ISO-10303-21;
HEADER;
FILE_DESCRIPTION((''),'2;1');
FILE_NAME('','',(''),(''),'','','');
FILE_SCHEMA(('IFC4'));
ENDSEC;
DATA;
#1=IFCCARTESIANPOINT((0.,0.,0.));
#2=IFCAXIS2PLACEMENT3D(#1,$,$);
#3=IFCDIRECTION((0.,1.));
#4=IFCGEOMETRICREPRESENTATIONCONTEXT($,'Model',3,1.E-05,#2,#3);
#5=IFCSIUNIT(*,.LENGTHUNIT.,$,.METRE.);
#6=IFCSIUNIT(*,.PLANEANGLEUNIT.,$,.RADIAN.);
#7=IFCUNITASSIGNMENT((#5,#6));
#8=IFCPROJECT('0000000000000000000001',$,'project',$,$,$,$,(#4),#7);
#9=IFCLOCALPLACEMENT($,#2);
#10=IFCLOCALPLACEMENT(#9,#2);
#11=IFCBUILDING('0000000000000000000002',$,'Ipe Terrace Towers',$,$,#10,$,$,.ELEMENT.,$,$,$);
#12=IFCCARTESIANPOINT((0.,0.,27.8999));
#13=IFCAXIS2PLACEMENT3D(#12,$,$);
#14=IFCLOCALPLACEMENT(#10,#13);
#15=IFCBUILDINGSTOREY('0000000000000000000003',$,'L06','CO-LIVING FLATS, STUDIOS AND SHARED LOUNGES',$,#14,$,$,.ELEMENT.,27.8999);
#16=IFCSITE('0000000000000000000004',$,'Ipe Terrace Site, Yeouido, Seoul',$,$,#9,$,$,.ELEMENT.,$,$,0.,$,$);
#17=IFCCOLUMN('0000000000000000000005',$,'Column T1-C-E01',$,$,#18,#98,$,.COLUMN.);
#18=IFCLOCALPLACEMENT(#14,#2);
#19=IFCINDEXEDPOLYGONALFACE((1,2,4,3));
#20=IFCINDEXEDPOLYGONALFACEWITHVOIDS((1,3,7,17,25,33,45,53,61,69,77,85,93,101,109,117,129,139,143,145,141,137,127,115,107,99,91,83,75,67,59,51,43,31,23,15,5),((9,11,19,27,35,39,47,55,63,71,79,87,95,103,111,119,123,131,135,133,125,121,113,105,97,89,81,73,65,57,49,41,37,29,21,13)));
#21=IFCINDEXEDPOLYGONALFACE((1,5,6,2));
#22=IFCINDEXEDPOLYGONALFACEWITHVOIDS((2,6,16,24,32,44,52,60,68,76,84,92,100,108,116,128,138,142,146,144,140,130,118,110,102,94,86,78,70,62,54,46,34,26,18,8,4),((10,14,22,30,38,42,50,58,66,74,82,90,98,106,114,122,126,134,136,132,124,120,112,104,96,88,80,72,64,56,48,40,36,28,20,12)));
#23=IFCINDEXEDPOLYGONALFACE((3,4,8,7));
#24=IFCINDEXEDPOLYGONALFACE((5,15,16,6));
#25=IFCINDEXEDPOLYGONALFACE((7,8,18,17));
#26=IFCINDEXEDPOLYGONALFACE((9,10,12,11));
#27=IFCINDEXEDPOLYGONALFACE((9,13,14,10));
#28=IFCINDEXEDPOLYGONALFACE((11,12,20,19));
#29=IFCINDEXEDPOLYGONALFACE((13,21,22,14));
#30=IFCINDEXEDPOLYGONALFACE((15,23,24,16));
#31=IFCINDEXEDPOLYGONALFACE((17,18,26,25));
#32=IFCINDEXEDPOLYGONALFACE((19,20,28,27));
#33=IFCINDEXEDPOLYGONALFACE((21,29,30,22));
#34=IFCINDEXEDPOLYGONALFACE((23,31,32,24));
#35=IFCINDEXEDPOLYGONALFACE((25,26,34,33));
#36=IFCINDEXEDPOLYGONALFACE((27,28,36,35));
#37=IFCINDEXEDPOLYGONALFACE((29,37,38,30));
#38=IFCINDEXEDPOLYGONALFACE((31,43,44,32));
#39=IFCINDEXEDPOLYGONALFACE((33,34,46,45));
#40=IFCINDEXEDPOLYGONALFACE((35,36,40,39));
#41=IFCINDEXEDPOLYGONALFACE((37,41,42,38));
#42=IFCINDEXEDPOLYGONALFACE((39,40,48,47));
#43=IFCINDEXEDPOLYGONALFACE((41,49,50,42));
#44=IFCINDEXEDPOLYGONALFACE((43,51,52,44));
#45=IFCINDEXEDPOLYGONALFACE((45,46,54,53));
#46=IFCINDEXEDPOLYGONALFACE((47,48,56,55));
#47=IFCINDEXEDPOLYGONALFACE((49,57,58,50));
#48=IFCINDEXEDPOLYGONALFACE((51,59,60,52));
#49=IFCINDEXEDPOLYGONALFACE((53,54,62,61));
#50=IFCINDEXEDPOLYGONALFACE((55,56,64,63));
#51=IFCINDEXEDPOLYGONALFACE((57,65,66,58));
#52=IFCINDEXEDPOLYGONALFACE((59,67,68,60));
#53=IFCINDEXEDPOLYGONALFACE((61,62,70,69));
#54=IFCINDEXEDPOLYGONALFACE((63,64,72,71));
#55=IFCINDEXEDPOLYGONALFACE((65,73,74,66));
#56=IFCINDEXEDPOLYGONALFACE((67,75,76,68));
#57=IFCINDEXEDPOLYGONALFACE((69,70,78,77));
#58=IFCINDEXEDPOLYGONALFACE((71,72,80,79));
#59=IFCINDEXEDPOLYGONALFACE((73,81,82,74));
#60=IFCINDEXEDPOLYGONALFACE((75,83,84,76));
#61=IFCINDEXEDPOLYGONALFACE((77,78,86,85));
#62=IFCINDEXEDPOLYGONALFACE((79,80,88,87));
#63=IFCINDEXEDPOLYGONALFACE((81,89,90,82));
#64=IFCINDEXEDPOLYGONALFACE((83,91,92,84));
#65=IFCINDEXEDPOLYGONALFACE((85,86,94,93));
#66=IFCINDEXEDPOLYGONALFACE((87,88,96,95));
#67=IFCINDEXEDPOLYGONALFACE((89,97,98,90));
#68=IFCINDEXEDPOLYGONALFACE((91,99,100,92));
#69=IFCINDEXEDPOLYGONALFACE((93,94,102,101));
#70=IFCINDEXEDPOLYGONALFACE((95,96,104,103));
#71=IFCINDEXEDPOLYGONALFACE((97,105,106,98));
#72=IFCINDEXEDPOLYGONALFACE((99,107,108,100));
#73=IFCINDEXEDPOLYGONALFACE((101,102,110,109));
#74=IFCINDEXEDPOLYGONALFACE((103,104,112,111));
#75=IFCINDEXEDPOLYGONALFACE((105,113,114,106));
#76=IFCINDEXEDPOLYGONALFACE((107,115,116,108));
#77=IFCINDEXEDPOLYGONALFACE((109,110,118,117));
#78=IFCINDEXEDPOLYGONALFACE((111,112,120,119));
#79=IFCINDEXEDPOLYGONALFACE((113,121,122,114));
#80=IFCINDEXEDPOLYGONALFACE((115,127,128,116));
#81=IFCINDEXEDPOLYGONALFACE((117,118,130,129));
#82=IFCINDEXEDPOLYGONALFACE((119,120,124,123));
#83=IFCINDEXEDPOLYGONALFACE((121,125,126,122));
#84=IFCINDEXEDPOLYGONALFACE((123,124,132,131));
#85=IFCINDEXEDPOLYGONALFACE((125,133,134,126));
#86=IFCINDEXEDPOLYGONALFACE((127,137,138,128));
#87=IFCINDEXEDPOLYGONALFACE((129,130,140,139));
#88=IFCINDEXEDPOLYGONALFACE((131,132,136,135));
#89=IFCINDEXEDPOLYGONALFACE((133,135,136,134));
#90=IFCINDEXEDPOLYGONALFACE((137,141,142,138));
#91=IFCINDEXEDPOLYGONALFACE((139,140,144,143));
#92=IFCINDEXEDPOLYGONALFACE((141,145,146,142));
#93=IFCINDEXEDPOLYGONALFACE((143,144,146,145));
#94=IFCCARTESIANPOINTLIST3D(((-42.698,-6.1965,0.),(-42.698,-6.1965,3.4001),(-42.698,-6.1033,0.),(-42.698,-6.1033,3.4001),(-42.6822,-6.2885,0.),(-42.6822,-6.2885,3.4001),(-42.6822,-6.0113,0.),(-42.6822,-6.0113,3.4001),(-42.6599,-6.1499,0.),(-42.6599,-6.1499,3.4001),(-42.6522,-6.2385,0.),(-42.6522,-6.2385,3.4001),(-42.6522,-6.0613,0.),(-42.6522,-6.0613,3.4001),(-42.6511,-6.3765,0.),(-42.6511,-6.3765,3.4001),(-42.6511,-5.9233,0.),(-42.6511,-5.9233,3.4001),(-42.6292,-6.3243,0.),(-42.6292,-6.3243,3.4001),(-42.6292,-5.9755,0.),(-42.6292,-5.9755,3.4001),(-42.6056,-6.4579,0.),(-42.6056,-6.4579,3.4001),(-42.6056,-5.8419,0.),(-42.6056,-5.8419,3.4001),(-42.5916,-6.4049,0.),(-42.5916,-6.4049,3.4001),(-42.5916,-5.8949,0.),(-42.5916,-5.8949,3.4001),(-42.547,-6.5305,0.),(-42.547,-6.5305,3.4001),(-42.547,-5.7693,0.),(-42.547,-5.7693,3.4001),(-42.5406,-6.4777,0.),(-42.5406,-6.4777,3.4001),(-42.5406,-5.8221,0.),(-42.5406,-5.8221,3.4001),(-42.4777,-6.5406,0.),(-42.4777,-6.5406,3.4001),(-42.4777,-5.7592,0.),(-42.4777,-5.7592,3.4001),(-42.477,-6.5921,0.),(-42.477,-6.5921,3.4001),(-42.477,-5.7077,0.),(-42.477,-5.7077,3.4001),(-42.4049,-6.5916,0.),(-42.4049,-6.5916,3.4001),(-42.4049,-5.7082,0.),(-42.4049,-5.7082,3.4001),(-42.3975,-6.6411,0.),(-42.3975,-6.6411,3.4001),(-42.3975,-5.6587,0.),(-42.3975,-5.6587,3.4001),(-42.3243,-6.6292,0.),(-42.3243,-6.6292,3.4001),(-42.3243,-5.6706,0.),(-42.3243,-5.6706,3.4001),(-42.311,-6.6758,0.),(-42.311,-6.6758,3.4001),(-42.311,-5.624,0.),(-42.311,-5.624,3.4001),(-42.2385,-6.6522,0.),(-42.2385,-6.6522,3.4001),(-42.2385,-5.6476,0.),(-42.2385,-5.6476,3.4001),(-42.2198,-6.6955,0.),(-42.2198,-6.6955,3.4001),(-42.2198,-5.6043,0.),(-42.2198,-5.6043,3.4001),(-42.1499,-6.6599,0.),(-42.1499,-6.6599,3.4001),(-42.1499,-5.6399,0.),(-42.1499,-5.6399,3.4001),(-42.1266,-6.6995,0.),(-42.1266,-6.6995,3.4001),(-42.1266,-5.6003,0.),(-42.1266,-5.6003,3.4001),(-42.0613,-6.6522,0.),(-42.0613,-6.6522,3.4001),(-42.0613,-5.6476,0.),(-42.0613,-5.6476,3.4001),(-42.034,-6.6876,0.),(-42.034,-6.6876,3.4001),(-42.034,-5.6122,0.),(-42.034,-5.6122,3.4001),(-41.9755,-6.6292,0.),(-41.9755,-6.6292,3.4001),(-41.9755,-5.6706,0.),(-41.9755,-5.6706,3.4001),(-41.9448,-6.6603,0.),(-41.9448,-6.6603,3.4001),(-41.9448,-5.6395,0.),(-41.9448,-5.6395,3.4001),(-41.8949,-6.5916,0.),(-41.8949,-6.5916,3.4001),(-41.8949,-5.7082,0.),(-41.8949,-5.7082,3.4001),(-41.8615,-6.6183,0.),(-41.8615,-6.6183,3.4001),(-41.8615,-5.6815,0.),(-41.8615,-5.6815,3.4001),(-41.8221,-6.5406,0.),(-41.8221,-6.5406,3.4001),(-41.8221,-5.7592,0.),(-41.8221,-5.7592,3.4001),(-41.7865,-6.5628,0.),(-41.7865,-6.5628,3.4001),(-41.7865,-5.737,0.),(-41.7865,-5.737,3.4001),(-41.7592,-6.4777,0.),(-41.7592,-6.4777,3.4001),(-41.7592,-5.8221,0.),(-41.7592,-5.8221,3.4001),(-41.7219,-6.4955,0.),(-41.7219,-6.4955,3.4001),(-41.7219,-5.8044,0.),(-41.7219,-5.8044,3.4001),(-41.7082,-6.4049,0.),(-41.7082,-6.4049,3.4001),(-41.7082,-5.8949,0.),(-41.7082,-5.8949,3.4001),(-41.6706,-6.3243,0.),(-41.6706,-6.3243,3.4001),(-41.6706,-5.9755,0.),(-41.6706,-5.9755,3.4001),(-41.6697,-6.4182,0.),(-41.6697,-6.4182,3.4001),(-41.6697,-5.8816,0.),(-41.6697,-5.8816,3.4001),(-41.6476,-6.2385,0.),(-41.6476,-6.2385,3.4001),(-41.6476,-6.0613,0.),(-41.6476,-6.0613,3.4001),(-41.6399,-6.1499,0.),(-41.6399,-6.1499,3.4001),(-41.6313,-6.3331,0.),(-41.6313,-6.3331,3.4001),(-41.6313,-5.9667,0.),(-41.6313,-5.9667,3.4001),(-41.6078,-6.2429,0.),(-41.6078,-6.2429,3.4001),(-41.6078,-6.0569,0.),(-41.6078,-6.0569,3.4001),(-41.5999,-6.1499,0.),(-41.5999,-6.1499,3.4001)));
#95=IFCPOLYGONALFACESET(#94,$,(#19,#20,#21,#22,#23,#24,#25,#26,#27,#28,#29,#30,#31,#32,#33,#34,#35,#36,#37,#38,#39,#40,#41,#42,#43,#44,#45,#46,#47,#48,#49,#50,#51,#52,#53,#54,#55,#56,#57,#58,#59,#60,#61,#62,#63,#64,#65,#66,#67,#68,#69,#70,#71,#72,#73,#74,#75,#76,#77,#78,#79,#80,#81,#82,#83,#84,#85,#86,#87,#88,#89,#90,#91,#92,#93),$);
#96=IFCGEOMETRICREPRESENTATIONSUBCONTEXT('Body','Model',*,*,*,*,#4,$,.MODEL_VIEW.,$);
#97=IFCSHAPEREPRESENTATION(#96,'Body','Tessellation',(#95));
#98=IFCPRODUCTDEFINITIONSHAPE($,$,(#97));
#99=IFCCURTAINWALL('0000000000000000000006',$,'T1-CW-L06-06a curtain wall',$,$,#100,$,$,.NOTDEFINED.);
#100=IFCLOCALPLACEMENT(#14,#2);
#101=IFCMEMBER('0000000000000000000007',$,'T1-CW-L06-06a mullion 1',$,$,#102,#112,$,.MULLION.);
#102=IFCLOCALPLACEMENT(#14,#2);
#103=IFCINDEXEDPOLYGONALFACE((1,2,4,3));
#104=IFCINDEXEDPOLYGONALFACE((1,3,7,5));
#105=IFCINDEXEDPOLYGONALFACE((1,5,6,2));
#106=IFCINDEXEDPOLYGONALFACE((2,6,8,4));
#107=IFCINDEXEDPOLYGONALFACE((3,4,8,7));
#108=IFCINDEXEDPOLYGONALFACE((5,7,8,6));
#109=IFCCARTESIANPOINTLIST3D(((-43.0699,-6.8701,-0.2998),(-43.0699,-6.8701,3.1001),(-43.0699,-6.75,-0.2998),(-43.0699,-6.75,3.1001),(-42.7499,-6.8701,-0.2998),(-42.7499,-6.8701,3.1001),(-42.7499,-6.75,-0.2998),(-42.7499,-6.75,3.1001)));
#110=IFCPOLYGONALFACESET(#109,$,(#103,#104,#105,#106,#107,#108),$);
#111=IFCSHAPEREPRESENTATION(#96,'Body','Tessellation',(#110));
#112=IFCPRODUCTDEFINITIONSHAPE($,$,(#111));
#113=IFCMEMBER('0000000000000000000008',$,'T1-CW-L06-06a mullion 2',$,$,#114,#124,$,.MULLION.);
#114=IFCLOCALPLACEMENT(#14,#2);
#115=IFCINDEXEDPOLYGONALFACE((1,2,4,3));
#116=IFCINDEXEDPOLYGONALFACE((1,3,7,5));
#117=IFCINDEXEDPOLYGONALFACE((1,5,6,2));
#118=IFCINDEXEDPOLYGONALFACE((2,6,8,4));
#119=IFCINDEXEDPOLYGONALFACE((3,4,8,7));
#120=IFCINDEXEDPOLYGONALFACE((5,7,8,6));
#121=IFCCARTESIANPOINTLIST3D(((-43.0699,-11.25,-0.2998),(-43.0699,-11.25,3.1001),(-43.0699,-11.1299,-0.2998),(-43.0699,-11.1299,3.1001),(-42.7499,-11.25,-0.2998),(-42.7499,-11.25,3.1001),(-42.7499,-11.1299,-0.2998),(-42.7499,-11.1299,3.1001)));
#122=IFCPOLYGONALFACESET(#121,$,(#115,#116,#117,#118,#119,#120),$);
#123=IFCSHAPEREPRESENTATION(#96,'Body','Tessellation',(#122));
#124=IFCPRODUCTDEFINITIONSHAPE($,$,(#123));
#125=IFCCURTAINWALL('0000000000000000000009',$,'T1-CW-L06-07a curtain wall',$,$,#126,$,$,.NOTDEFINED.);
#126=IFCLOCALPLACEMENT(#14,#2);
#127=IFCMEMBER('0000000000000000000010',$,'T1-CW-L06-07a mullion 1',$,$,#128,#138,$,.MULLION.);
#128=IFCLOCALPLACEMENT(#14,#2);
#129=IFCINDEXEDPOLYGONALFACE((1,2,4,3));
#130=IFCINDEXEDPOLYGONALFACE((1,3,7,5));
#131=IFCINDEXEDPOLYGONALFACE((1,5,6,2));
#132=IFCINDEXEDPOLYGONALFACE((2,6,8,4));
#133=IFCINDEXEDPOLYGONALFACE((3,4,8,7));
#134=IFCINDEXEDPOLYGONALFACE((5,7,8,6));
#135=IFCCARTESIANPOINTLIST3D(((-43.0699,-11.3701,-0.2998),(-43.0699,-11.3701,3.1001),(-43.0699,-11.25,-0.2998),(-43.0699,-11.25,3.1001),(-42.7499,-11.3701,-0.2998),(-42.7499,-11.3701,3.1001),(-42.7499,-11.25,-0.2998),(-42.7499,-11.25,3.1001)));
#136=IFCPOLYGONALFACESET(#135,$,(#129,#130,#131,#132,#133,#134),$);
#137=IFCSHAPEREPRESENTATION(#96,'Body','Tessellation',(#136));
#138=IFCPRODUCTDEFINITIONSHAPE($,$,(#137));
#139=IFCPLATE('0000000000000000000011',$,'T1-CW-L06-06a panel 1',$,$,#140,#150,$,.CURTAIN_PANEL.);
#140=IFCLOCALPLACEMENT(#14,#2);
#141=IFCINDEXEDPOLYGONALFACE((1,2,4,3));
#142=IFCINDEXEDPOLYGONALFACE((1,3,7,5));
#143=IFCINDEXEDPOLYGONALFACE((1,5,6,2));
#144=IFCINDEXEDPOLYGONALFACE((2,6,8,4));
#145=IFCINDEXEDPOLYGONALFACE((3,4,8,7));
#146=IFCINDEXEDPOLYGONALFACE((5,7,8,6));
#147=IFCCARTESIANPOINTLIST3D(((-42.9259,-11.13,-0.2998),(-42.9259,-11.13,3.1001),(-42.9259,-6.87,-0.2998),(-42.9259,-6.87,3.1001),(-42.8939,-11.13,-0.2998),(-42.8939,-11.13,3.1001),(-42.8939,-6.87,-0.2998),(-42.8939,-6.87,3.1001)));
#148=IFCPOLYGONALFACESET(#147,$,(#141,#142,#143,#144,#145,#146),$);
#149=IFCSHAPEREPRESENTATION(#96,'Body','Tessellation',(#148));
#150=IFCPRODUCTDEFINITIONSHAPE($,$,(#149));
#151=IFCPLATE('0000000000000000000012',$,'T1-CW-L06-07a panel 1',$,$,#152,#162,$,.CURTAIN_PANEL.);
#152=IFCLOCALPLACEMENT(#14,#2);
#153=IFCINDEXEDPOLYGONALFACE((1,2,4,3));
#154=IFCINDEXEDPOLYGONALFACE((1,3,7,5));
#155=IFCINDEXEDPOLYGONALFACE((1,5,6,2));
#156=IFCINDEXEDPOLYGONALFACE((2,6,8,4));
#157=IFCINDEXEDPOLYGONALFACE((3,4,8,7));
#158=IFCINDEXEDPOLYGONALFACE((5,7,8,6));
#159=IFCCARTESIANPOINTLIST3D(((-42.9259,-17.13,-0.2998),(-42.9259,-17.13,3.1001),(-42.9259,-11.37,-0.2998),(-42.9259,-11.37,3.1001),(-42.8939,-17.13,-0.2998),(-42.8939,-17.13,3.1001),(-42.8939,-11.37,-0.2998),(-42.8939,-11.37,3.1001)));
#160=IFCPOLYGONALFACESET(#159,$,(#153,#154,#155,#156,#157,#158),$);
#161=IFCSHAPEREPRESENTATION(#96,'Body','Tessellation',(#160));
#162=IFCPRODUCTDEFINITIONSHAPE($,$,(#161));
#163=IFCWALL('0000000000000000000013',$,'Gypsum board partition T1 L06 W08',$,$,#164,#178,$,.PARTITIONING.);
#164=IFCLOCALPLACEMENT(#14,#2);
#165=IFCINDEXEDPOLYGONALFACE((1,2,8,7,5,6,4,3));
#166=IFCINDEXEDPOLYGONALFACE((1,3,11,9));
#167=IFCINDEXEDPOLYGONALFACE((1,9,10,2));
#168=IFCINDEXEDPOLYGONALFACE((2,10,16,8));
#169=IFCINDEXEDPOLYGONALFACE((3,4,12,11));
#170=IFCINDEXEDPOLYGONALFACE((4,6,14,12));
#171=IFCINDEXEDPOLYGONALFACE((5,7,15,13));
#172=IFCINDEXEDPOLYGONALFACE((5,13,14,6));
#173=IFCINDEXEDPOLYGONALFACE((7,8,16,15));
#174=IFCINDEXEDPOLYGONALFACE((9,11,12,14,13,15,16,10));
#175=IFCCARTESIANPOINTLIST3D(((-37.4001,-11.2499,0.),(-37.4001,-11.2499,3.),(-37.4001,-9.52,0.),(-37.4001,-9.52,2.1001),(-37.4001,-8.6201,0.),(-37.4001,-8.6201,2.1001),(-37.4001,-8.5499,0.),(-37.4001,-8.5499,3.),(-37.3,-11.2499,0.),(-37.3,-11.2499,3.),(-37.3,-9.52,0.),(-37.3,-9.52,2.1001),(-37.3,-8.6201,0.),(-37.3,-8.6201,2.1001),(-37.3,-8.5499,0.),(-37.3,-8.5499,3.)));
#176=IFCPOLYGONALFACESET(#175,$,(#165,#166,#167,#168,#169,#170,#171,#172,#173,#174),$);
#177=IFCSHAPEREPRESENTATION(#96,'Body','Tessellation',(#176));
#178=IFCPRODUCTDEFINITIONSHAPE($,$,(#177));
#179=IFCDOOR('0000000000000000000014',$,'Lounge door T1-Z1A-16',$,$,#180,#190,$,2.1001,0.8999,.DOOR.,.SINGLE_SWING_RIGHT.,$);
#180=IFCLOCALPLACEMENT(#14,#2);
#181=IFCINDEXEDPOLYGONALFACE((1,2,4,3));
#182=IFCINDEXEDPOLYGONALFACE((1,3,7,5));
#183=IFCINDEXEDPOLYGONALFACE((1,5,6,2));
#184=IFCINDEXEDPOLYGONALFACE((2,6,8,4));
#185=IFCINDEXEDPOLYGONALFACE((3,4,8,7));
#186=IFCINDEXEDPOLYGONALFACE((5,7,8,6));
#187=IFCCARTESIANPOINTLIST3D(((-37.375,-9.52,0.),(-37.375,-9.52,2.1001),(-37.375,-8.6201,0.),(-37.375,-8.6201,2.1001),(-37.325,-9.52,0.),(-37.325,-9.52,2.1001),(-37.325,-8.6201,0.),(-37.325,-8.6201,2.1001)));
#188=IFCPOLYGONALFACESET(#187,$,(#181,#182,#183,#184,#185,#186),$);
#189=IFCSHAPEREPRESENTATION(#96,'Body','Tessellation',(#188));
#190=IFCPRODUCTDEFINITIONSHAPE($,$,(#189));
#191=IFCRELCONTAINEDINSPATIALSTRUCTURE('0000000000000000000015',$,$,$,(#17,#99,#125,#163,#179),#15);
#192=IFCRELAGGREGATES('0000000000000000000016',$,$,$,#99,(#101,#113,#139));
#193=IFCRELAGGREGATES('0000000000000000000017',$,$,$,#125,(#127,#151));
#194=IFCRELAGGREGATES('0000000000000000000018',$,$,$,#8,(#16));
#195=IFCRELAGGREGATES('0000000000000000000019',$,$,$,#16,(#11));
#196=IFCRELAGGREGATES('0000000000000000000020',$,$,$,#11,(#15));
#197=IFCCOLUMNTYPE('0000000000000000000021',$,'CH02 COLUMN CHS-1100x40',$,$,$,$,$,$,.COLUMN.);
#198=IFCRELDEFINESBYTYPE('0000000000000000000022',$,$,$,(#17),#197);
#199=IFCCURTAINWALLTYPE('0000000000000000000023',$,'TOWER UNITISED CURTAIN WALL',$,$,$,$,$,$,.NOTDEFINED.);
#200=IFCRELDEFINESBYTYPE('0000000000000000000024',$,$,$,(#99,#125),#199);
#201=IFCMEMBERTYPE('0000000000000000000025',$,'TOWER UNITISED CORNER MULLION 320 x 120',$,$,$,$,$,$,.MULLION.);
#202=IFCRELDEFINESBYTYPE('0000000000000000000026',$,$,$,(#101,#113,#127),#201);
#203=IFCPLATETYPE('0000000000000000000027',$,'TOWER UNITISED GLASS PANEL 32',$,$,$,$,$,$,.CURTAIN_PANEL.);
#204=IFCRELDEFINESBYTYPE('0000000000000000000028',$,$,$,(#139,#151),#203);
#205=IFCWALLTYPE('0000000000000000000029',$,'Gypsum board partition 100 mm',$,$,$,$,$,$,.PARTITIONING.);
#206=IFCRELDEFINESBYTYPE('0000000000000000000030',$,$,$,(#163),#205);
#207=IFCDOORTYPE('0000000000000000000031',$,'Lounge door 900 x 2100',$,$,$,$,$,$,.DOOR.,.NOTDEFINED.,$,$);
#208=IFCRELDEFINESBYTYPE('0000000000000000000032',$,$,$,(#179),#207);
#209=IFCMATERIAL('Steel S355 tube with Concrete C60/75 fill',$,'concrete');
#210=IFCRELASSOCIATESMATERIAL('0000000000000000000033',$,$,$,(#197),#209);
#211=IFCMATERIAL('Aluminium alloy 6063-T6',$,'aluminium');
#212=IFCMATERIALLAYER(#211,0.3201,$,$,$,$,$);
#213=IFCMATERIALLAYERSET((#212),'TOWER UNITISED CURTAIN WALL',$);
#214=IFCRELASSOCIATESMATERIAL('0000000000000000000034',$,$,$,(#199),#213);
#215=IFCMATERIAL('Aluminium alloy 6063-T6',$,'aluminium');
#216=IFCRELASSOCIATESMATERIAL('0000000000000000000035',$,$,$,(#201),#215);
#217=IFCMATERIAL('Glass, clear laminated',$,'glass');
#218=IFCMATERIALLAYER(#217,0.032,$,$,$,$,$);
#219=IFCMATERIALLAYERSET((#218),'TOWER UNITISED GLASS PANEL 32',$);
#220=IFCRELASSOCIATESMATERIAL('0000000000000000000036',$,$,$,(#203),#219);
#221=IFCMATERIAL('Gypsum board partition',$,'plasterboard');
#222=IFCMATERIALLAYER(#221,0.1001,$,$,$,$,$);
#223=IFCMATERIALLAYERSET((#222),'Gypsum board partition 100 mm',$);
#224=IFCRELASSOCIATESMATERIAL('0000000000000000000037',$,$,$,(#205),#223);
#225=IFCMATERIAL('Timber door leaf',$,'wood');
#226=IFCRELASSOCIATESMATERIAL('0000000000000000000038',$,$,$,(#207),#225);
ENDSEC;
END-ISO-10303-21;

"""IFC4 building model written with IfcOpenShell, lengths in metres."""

from ifc_helpers import new_model, si_unit, direction, frame, frame_2d, origin, origin_2d, place, context, subcontext, project, spatial, rectangle, hollow_circle, extrude, material, layer, layer_set, material_profile, profile_set, type_object, element, fill, aggregate, save


model = new_model("IFC4")

# Units and contexts
model_context = context("Model", 3, precision=1e-05, world=origin(), true_north=direction((0.0, 1.0)))
body_context = subcontext(model_context, "Body", "Model", "MODEL_VIEW")
ifc_project = project(units=[si_unit("LENGTHUNIT", "METRE"), si_unit("PLANEANGLEUNIT", "RADIAN")], contexts=[model_context])

# Site, building, storey
site_placement = place(None, origin())
site = spatial("IfcSite", under=ifc_project, at=site_placement, Name="Ipe Terrace Site, Yeouido, Seoul", CompositionType="ELEMENT", RefElevation=0.0)
building_placement = place(site_placement, origin())
building = spatial("IfcBuilding", under=site, at=building_placement, Name="Ipe Terrace Towers", CompositionType="ELEMENT")
storey_placement = place(building_placement, frame((0.0, 0.0, 27.8999)))
storey = spatial("IfcBuildingStorey", under=building, at=storey_placement, Name="L06", Description="CO-LIVING FLATS, STUDIOS AND SHARED LOUNGES", CompositionType="ELEMENT", Elevation=27.8999)

# Column
ifc_material_1 = material(Name="Steel S355 tube with Concrete C60/75 fill", Category="concrete")
ifc_material_profile_1 = material_profile(ifc_material_1, hollow_circle(Radius=0.55, WallThickness=0.04, at=origin_2d()), Name="CHS-1100x40")
ifc_profile_set_1 = profile_set([ifc_material_profile_1], Name="Steel S355 tube with Concrete C60/75 fill")
column_type = type_object("IfcColumnType", Name="CH02 COLUMN CHS-1100x40", PredefinedType="COLUMN", material=ifc_profile_set_1)
column_placement = place(storey_placement, frame((-42.1499, -6.1499, 0.0), z_axis=(0.0, 0.0, 1.0), x_axis=(1.0, 0.0, 0.0)))
element("IfcColumn", 1, at=column_placement, inside=storey, type_object=column_type, Name="Column T1-C-E01", PredefinedType="COLUMN", context=body_context, shape_type="SweptSolid", body=[
    extrude(hollow_circle(Radius=0.55, WallThickness=0.04, at=origin_2d()), origin(), (0.0, 0.0, 1.0), 3.4001),
])

# Curtain wall, members
ifc_material_2 = material(Name="Aluminium alloy 6063-T6", Category="aluminium")
ifc_layer_1 = layer(ifc_material_2, 0.3201)
ifc_layer_set_1 = layer_set([ifc_layer_1], Name="TOWER UNITISED CURTAIN WALL")
curtain_wall_type = type_object("IfcCurtainWallType", Name="TOWER UNITISED CURTAIN WALL", PredefinedType="NOTDEFINED", material=ifc_layer_set_1)
curtain_wall_1_placement = place(storey_placement, origin())
curtain_wall_1 = element("IfcCurtainWall", 2, at=curtain_wall_1_placement, inside=storey, type_object=curtain_wall_type, Name="T1-CW-L06-06a curtain wall", PredefinedType="NOTDEFINED")
ifc_material_3 = material(Name="Aluminium alloy 6063-T6", Category="aluminium")
ifc_material_profile_2 = material_profile(ifc_material_3, rectangle(XDim=0.3201, YDim=0.1201, at=origin_2d()), Name="TOWER UNITISED CORNER MULLION 320 x 120")
ifc_profile_set_2 = profile_set([ifc_material_profile_2], Name="Aluminium alloy 6063-T6")
member_type = type_object("IfcMemberType", Name="TOWER UNITISED CORNER MULLION 320 x 120", PredefinedType="MULLION", material=ifc_profile_set_2)
member_1_placement = place(storey_placement, frame((-42.9099, -6.8101, -0.2998), z_axis=(0.0, 0.0, 1.0), x_axis=(-1.0, 0.0, 0.0)))
member_1 = element("IfcMember", 3, at=member_1_placement, type_object=member_type, Name="T1-CW-L06-06a mullion 1", PredefinedType="MULLION", context=body_context, shape_type="SweptSolid", body=[
    extrude(rectangle(XDim=0.3201, YDim=0.1201, at=origin_2d()), origin(), (0.0, 0.0, 1.0), 3.3999),
])
member_2_placement = place(storey_placement, frame((-42.9099, -11.1899, -0.2998), z_axis=(0.0, 0.0, 1.0), x_axis=(-1.0, 0.0, 0.0)))
member_2 = element("IfcMember", 4, at=member_2_placement, type_object=member_type, Name="T1-CW-L06-06a mullion 2", PredefinedType="MULLION", context=body_context, shape_type="SweptSolid", body=[
    extrude(rectangle(XDim=0.3201, YDim=0.1201, at=origin_2d()), origin(), (0.0, 0.0, 1.0), 3.3999),
])

# Curtain wall, member
curtain_wall_2_placement = place(storey_placement, origin())
curtain_wall_2 = element("IfcCurtainWall", 5, at=curtain_wall_2_placement, inside=storey, type_object=curtain_wall_type, Name="T1-CW-L06-07a curtain wall", PredefinedType="NOTDEFINED")
member_3_placement = place(storey_placement, frame((-42.9099, -11.3101, -0.2998), z_axis=(0.0, 0.0, 1.0), x_axis=(-1.0, 0.0, 0.0)))
member_3 = element("IfcMember", 6, at=member_3_placement, type_object=member_type, Name="T1-CW-L06-07a mullion 1", PredefinedType="MULLION", context=body_context, shape_type="SweptSolid", body=[
    extrude(rectangle(XDim=0.3201, YDim=0.1201, at=origin_2d()), origin(), (0.0, 0.0, 1.0), 3.3999),
])

# Plates
ifc_material_4 = material(Name="Glass, clear laminated", Category="glass")
ifc_layer_2 = layer(ifc_material_4, 0.032)
ifc_layer_set_2 = layer_set([ifc_layer_2], Name="TOWER UNITISED GLASS PANEL 32")
plate_type = type_object("IfcPlateType", Name="TOWER UNITISED GLASS PANEL 32", PredefinedType="CURTAIN_PANEL", material=ifc_layer_set_2)
plate_1_placement = place(storey_placement, frame((-42.9099, -9.0, -0.2998), z_axis=(0.0, 0.0, 1.0), x_axis=(0.0, -1.0, 0.0)))
plate_1 = element("IfcPlate", 7, at=plate_1_placement, type_object=plate_type, Name="T1-CW-L06-06a panel 1", PredefinedType="CURTAIN_PANEL", context=body_context, shape_type="SweptSolid", body=[
    extrude(rectangle(XDim=4.26, YDim=0.032, at=origin_2d()), origin(), (0.0, 0.0, 1.0), 3.3999),
])
aggregate(curtain_wall_1, [member_1, member_2, plate_1])
plate_2_placement = place(storey_placement, frame((-42.9099, -14.25, -0.2998), z_axis=(0.0, 0.0, 1.0), x_axis=(0.0, -1.0, 0.0)))
plate_2 = element("IfcPlate", 8, at=plate_2_placement, type_object=plate_type, Name="T1-CW-L06-07a panel 1", PredefinedType="CURTAIN_PANEL", context=body_context, shape_type="SweptSolid", body=[
    extrude(rectangle(XDim=5.76, YDim=0.032, at=origin_2d()), origin(), (0.0, 0.0, 1.0), 3.3999),
])
aggregate(curtain_wall_2, [member_3, plate_2])

# Wall, opening, door
ifc_material_5 = material(Name="Gypsum board partition", Category="plasterboard")
ifc_layer_3 = layer(ifc_material_5, 0.1001)
ifc_layer_set_3 = layer_set([ifc_layer_3], Name="Gypsum board partition 100 mm")
wall_type_1 = type_object("IfcWallType", Name="Gypsum board partition 100 mm", PredefinedType="PARTITIONING", material=ifc_layer_set_3)
wall_1_placement = place(storey_placement, frame((-37.3501, -11.25, 0.0), z_axis=(0.0, 0.0, 1.0), x_axis=(0.0, 1.0, 0.0)))
wall_1 = element("IfcWall", 9, at=wall_1_placement, inside=storey, type_object=wall_type_1, Name="Gypsum board partition T1 L06 W08", PredefinedType="PARTITIONING", context=body_context, shape_type="SweptSolid", body=[
    extrude(rectangle(XDim=2.7, YDim=0.1001, at=frame_2d((1.3501, 0.0))), origin(), (0.0, 0.0, 1.0), 3.0),
])
opening_1_placement = place(wall_1_placement, frame((1.73, 0.0, 0.0)))
opening_1 = element("IfcOpeningElement", 10, at=opening_1_placement, cuts=wall_1, PredefinedType="OPENING", context=body_context, shape_type="SweptSolid", body=[
    extrude(rectangle(XDim=0.8999, YDim=2.1001, at=frame_2d((0.45, 1.05))), frame((0.0, 0.0601, 0.0), z_axis=(0.0, -1.0, 0.0), x_axis=(1.0, 0.0, 0.0)), (0.0, 0.0, 1.0), 0.1201),
])
ifc_material_6 = material(Name="Timber door leaf", Category="wood")
door_type_1 = type_object("IfcDoorType", Name="Lounge door 900 x 2100", OperationType="NOTDEFINED", PredefinedType="DOOR", material=ifc_material_6)
door_1_placement = place(opening_1_placement, origin())
door_1 = element("IfcDoor", 11, at=door_1_placement, inside=storey, type_object=door_type_1, Name="Lounge door T1-Z1A-16", OperationType="SINGLE_SWING_RIGHT", OverallHeight=2.1001, OverallWidth=0.8999, PredefinedType="DOOR", context=body_context, shape_type="SweptSolid", body=[
    extrude(rectangle(XDim=0.8999, YDim=2.1001, at=frame_2d((0.45, 1.05))), frame((0.0, 0.0249, 0.0), z_axis=(0.0, -1.0, 0.0), x_axis=(1.0, 0.0, 0.0)), (0.0, 0.0, 1.0), 0.05),
])
fill(opening_1, door_1)

save(model, "model.ifc")
